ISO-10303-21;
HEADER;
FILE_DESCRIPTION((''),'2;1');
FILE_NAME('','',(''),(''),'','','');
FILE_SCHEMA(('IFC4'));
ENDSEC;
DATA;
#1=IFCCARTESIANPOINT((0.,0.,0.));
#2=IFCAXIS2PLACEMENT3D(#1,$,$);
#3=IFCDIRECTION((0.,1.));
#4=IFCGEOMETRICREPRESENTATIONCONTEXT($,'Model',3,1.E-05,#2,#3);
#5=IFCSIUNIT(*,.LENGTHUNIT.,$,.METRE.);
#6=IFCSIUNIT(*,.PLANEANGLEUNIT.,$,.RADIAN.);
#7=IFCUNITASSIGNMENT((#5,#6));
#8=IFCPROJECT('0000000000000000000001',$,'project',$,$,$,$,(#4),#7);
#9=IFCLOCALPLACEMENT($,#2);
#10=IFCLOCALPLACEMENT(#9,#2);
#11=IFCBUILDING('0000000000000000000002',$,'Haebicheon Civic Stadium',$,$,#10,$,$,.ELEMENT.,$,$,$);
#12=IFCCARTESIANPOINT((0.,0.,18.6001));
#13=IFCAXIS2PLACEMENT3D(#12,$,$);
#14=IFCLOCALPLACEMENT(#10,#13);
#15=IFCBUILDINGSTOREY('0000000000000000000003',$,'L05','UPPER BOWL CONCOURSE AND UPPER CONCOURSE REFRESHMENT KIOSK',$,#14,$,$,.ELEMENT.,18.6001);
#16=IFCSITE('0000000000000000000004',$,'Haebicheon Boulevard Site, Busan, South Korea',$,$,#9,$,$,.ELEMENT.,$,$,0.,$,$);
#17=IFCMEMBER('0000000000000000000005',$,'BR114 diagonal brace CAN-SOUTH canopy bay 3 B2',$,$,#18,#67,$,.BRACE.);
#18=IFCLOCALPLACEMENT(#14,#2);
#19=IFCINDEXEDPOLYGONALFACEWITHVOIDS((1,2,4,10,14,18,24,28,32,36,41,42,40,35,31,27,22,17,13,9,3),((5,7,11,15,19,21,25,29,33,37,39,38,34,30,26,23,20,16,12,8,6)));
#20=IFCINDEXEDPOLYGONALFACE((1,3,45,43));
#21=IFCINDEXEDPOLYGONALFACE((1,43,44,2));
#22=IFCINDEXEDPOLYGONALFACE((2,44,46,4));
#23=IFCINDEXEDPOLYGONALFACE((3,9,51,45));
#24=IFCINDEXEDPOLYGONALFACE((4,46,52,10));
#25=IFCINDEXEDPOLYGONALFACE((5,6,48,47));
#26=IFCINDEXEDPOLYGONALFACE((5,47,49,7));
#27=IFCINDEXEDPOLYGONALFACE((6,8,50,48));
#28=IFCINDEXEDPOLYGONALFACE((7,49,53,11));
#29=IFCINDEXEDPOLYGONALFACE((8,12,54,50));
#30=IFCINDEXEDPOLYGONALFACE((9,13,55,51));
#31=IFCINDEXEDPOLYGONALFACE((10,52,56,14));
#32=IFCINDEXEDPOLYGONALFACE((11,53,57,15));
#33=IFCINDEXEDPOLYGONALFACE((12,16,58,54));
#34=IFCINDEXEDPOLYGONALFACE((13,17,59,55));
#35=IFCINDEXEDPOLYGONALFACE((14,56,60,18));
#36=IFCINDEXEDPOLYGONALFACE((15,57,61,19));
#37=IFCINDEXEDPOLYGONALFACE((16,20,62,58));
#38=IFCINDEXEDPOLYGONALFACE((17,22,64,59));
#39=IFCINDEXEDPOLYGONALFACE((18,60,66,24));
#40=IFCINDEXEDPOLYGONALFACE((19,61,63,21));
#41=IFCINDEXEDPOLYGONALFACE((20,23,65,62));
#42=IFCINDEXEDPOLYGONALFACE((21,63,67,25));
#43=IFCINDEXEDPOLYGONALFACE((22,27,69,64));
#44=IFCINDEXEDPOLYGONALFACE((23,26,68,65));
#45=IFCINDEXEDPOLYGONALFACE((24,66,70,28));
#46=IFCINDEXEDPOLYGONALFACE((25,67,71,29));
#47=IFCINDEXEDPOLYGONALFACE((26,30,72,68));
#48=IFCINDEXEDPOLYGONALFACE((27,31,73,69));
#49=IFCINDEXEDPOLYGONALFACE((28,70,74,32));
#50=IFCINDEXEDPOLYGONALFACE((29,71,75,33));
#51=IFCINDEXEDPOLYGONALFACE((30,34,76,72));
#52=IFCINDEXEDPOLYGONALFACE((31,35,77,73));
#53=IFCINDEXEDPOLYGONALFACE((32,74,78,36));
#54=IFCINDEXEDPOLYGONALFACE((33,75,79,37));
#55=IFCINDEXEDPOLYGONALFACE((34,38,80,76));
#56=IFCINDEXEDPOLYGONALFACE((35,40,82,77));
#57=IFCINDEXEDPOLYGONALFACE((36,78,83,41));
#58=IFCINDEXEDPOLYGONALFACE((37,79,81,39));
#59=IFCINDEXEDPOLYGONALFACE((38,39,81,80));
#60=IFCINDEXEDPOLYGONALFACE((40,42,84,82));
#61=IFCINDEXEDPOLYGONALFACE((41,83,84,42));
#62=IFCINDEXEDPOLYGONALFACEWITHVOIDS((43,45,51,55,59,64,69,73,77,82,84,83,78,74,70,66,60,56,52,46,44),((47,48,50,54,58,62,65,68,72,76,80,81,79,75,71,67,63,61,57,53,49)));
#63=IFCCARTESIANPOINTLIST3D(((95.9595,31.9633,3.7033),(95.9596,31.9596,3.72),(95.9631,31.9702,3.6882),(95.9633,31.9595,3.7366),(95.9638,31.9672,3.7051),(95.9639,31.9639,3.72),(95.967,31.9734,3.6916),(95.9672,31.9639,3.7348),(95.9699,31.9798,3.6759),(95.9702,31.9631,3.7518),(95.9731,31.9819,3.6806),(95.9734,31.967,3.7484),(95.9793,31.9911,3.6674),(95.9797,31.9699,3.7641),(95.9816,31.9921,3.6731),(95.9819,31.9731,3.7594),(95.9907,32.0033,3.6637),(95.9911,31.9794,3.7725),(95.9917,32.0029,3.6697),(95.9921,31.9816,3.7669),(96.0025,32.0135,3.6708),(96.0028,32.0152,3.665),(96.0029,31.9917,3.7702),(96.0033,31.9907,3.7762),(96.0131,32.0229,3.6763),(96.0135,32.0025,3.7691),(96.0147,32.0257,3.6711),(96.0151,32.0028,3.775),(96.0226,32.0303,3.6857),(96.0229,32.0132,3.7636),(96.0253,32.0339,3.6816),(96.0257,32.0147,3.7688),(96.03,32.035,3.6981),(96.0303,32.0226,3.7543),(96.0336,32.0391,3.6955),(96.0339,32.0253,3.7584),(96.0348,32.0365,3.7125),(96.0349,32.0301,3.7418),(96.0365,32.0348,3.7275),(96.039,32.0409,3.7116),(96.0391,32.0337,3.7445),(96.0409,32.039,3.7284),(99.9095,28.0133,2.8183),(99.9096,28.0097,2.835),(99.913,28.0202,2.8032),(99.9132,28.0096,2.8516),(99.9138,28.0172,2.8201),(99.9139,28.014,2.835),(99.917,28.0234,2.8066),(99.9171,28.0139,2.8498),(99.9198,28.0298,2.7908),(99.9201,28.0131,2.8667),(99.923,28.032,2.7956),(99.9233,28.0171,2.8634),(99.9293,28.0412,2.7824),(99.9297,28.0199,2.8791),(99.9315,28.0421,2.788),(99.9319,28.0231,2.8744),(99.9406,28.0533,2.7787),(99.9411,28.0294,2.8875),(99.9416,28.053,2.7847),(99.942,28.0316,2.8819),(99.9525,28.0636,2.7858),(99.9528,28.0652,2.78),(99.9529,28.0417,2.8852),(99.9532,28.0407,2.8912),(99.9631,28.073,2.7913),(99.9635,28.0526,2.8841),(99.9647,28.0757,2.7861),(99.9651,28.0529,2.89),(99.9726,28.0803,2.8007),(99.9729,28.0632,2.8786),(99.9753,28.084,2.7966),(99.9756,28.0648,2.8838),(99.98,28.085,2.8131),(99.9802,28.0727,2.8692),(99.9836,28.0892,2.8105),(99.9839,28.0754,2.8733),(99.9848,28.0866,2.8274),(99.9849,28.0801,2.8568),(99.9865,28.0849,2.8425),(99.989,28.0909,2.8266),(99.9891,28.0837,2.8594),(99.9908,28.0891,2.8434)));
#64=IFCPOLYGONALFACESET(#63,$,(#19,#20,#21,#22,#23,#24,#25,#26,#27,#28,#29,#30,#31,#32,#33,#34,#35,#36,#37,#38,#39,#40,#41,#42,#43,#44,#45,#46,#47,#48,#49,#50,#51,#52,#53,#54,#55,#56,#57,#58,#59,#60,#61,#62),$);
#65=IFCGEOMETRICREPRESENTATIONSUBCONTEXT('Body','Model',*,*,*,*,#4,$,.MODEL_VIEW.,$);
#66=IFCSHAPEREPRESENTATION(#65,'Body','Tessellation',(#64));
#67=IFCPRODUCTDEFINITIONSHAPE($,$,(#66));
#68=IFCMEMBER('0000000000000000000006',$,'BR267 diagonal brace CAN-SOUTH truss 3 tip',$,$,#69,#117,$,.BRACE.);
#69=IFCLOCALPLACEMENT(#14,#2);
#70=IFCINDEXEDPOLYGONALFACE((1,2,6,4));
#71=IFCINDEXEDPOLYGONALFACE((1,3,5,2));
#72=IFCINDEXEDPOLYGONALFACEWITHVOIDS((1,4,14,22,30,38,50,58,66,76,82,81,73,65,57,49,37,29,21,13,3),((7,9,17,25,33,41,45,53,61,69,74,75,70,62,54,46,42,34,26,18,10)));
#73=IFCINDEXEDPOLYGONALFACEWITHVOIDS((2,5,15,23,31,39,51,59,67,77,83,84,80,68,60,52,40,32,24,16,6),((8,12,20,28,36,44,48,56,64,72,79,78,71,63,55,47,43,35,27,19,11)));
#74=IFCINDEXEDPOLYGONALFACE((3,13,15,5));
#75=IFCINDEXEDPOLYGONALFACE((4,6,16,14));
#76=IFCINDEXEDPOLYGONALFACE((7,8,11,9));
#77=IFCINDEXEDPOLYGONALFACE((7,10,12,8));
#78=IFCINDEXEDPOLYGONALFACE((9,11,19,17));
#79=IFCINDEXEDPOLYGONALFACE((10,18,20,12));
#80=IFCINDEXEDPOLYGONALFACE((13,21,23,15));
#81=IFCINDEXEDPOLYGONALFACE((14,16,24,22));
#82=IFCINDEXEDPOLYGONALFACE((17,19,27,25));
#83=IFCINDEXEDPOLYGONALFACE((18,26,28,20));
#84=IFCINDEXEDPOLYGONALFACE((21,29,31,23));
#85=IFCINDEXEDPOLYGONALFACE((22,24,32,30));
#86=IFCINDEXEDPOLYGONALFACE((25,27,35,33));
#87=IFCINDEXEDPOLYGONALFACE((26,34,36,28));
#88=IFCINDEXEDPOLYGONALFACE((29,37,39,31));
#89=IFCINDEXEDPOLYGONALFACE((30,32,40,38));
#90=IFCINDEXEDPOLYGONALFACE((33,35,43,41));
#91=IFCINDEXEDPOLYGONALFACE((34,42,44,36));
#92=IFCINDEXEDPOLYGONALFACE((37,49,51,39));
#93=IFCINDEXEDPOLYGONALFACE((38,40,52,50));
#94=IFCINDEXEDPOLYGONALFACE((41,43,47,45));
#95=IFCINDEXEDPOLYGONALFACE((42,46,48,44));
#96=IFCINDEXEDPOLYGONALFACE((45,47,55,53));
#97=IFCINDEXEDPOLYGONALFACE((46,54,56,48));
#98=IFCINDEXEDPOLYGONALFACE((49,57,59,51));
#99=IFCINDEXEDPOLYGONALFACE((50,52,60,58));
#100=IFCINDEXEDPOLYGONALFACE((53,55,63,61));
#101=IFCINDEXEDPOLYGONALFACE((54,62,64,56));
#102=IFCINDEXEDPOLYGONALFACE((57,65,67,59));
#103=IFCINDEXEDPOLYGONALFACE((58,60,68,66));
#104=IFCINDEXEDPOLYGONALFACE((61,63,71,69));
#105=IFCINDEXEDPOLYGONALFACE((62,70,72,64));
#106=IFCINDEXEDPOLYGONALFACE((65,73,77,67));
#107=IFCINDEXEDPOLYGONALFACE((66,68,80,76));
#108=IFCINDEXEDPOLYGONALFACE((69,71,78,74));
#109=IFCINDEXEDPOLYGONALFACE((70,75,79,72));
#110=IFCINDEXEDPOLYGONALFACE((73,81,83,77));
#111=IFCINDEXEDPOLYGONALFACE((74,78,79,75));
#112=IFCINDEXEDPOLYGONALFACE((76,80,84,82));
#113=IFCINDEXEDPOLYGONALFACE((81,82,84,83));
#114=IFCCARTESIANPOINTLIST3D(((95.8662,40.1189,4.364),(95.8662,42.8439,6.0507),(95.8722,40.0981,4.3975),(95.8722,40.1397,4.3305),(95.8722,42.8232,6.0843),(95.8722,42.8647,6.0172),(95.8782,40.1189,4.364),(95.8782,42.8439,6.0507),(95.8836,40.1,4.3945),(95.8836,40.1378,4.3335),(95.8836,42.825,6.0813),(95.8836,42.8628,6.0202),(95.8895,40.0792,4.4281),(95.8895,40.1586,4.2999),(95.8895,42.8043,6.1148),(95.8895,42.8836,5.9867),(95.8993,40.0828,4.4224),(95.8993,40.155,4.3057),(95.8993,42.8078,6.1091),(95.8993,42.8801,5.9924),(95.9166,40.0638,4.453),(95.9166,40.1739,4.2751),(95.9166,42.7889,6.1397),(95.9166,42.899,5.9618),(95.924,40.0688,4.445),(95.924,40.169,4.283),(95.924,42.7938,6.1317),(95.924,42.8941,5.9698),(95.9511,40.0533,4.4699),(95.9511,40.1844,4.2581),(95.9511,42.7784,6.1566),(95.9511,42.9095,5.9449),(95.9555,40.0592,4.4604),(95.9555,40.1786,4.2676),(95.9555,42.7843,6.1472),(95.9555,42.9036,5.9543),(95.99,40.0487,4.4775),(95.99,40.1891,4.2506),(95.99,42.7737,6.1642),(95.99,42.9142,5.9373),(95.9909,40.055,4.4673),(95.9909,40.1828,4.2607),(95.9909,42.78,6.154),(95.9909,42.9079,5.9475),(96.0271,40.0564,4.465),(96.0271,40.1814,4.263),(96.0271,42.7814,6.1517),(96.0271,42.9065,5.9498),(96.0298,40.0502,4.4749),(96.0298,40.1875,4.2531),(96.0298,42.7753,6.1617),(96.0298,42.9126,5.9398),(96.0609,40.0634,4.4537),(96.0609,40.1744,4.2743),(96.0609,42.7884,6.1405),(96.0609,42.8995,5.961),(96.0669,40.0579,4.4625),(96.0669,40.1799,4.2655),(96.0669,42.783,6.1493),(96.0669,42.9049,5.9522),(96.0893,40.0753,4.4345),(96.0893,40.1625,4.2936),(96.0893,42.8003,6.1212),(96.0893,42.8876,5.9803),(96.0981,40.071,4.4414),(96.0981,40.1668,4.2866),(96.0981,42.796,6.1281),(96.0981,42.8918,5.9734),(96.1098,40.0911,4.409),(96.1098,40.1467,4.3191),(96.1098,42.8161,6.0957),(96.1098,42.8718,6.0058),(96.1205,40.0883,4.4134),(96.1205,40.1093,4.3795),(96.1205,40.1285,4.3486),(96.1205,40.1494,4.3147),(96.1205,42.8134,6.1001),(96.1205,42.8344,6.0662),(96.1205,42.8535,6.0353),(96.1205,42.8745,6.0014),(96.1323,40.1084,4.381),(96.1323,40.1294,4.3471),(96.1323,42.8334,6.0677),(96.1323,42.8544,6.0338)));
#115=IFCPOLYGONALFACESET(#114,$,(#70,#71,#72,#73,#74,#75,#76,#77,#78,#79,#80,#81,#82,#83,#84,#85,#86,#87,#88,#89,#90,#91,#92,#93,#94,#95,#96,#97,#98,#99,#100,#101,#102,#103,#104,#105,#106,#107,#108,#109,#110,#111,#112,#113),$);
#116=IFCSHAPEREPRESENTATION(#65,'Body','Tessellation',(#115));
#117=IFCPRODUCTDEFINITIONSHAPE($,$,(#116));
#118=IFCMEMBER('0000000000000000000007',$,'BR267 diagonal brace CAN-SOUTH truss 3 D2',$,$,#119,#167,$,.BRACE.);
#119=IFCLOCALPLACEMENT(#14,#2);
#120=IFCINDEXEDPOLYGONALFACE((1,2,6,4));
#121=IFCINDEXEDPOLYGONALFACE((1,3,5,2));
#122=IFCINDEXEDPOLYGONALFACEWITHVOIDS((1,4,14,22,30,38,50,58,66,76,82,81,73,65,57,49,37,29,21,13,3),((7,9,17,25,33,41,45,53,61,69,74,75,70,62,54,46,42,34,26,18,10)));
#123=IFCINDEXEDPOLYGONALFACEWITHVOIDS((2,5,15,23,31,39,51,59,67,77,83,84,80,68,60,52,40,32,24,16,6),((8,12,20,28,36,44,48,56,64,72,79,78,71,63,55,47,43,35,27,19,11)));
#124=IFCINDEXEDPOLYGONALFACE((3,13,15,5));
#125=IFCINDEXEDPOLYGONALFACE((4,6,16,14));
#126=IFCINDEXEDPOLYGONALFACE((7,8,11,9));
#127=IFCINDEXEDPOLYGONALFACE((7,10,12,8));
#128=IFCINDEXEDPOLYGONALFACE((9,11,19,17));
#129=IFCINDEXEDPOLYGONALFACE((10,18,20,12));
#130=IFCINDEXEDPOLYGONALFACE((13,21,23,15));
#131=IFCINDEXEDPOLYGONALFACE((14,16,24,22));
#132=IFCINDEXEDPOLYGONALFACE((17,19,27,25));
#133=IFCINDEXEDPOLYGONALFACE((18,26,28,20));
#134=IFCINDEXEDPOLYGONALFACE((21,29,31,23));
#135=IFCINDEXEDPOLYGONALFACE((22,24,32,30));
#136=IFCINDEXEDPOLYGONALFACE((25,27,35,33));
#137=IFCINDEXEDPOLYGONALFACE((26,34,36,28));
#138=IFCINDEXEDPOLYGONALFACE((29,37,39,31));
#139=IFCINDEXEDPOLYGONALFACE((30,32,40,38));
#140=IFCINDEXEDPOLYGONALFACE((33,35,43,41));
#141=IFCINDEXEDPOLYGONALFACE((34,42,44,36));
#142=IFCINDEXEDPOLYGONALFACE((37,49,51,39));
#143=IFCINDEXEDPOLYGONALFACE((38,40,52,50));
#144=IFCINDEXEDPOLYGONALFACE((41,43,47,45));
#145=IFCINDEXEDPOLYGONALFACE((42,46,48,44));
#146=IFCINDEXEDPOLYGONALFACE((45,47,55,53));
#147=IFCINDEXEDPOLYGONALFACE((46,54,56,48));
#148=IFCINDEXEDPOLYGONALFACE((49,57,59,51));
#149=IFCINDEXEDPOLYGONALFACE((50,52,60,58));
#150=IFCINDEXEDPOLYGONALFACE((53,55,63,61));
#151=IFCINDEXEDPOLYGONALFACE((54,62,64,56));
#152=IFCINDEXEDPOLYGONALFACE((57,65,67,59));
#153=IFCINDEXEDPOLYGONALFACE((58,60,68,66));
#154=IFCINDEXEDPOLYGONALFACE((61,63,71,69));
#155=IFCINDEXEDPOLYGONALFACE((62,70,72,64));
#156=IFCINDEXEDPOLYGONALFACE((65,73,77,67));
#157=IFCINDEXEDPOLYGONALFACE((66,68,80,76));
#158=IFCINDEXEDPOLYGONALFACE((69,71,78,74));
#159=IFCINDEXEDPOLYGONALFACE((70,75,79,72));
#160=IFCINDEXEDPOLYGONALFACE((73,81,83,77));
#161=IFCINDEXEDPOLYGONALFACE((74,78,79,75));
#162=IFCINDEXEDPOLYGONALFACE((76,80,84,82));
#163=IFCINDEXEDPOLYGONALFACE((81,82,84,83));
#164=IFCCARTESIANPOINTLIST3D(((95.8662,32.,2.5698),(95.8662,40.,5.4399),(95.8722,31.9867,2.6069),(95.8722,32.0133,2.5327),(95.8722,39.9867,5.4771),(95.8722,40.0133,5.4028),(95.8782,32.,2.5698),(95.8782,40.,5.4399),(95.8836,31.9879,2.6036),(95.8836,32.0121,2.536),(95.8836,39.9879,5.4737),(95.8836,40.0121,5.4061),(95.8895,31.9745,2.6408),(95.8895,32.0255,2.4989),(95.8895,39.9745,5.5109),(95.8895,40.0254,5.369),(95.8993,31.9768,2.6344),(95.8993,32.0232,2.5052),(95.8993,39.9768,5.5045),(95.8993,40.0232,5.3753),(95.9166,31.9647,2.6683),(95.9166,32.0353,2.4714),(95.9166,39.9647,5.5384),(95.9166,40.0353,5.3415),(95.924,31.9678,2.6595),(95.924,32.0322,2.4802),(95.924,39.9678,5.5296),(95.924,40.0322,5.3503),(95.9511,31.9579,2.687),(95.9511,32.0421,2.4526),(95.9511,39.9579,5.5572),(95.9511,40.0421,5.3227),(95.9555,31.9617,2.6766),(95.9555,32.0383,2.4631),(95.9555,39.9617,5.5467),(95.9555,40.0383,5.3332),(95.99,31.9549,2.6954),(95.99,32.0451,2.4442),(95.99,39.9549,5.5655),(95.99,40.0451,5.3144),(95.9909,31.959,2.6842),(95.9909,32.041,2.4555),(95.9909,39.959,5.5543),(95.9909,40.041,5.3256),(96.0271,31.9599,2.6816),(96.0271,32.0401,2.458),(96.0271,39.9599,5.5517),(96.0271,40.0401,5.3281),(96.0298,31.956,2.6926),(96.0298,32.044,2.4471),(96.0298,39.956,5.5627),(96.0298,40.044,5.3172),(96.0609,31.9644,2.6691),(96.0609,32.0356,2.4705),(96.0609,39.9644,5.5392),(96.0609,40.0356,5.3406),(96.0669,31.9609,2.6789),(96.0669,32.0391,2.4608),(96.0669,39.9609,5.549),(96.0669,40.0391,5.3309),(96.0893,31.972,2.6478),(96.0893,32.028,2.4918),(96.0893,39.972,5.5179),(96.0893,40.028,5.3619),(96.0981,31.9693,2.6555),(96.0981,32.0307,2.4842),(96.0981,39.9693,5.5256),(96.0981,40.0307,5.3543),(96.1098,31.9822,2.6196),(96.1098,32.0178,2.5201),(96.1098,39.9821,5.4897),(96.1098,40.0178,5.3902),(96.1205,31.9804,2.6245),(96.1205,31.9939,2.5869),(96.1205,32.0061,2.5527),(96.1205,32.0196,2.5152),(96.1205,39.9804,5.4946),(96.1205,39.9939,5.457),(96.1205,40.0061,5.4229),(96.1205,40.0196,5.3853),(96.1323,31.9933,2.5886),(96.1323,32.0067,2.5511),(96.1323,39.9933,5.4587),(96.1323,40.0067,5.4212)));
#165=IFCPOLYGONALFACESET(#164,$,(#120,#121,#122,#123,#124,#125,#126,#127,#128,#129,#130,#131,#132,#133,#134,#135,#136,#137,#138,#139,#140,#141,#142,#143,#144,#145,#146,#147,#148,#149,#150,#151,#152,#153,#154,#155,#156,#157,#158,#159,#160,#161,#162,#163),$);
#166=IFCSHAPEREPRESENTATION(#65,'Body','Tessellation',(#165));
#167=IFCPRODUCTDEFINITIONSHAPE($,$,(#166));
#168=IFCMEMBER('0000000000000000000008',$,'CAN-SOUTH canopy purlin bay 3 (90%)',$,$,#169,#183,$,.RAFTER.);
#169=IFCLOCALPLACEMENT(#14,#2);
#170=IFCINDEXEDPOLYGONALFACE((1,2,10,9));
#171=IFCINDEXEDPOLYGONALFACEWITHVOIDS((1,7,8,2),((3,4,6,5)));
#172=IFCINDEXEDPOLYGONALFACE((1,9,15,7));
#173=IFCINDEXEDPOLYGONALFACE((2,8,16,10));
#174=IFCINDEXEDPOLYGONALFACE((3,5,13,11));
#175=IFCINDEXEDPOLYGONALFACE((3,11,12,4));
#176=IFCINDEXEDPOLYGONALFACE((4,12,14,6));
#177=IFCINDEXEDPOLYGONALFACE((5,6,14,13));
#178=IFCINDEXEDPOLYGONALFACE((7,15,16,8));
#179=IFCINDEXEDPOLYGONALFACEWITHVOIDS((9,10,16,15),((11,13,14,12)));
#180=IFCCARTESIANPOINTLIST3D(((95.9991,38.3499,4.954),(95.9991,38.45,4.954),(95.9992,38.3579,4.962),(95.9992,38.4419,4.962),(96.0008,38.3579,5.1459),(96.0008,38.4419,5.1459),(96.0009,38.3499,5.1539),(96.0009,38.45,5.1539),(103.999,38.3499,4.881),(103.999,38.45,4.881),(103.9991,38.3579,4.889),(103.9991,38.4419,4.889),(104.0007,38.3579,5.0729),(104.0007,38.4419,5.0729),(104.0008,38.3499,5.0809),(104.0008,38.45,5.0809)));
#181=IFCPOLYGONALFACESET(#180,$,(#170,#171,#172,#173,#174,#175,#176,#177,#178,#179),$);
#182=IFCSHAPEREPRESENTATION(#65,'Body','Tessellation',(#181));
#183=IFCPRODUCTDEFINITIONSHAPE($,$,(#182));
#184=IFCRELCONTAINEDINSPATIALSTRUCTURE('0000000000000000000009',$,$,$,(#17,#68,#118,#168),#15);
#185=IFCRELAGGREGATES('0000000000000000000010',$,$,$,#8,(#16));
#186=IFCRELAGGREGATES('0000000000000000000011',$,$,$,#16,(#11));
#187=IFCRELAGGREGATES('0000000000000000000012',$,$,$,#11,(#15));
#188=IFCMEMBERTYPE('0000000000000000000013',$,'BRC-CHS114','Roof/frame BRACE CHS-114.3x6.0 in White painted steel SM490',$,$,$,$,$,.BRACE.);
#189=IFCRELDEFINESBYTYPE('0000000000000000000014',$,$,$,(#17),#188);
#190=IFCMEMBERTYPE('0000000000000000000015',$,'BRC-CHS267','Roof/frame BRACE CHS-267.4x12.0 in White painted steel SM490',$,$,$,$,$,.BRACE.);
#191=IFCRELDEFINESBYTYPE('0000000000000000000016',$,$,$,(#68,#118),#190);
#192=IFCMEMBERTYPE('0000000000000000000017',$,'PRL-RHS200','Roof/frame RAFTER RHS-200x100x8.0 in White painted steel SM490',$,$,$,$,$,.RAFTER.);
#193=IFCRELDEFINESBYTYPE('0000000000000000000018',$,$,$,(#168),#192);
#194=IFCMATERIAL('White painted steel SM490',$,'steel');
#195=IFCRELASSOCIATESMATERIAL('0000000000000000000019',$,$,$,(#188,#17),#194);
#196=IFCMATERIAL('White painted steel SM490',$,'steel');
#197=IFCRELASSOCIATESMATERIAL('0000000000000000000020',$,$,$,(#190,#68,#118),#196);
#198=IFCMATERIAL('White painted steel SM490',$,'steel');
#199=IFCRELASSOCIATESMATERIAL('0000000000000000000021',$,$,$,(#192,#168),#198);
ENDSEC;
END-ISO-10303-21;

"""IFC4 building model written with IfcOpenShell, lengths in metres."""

from ifc_helpers import new_model, si_unit, direction, frame, origin, origin_2d, place, context, subcontext, project, spatial, hollow_rectangle, hollow_circle, extrude, material, material_profile, profile_set, type_object, element, save


model = new_model("IFC4")

# Units and contexts
model_context = context("Model", 3, precision=1e-05, world=origin(), true_north=direction((0.0, 1.0)))
body_context = subcontext(model_context, "Body", "Model", "MODEL_VIEW")
ifc_project = project(units=[si_unit("LENGTHUNIT", "METRE"), si_unit("PLANEANGLEUNIT", "RADIAN")], contexts=[model_context])

# Site, building, storey
site_placement = place(None, origin())
site = spatial("IfcSite", under=ifc_project, at=site_placement, Name="Haebicheon Boulevard Site, Busan, South Korea", CompositionType="ELEMENT", RefElevation=0.0)
building_placement = place(site_placement, origin())
building = spatial("IfcBuilding", under=site, at=building_placement, Name="Haebicheon Civic Stadium", CompositionType="ELEMENT")
storey_placement = place(building_placement, frame((0.0, 0.0, 18.6001)))
storey = spatial("IfcBuildingStorey", under=building, at=storey_placement, Name="L05", Description="UPPER BOWL CONCOURSE AND UPPER CONCOURSE REFRESHMENT KIOSK", CompositionType="ELEMENT", Elevation=18.6001)

# Members
ifc_material_1 = material(Name="White painted steel SM490", Category="steel")
ifc_material_profile_1 = material_profile(ifc_material_1, hollow_circle(Radius=0.0571, WallThickness=0.0061, at=origin_2d()), Name="CHS-114.3x6.0")
ifc_profile_set_1 = profile_set([ifc_material_profile_1], Name="White painted steel SM490")
member_type_1 = type_object("IfcMemberType", Name="BRC-CHS114", Description="Roof/frame BRACE CHS-114.3x6.0 in White painted steel SM490", PredefinedType="BRACE", material=ifc_profile_set_1)
member_1_placement = place(storey_placement, frame((99.95, 28.05, 2.835), z_axis=(-0.698396, 0.698396, 0.15648), x_axis=(-0.707107, -0.707107, 0.0)))
element("IfcMember", 1, at=member_1_placement, inside=storey, type_object=member_type_1, material=ifc_profile_set_1, Name="BR114 diagonal brace CAN-SOUTH canopy bay 3 B2", PredefinedType="BRACE", context=body_context, shape_type="SweptSolid", body=[
    extrude(hollow_circle(Radius=0.0571, WallThickness=0.0061, at=origin_2d()), origin(), (0.0, 0.0, 1.0), 5.6558),
])
ifc_material_2 = material(Name="White painted steel SM490", Category="steel")
ifc_material_profile_2 = material_profile(ifc_material_2, hollow_circle(Radius=0.1338, WallThickness=0.012, at=origin_2d()), Name="CHS-267.4x12.0")
ifc_profile_set_2 = profile_set([ifc_material_profile_2], Name="White painted steel SM490")
member_type_2 = type_object("IfcMemberType", Name="BRC-CHS267", Description="Roof/frame BRACE CHS-267.4x12.0 in White painted steel SM490", PredefinedType="BRACE", material=ifc_profile_set_2)
member_2_placement = place(storey_placement, frame((96.0, 40.1189, 4.364), z_axis=(0.0, 0.850293, 0.52631), x_axis=(-1.0, 0.0, 0.0)))
element("IfcMember", 2, at=member_2_placement, inside=storey, type_object=member_type_2, material=ifc_profile_set_2, Name="BR267 diagonal brace CAN-SOUTH truss 3 tip", PredefinedType="BRACE", context=body_context, shape_type="SweptSolid", body=[
    extrude(hollow_circle(Radius=0.1338, WallThickness=0.012, at=origin_2d()), origin(), (0.0, 0.0, 1.0), 3.2048),
])
member_3_placement = place(storey_placement, frame((96.0, 32.0, 2.5698), z_axis=(0.0, 0.941257, 0.33769), x_axis=(-1.0, 0.0, 0.0)))
element("IfcMember", 3, at=member_3_placement, inside=storey, type_object=member_type_2, material=ifc_profile_set_2, Name="BR267 diagonal brace CAN-SOUTH truss 3 D2", PredefinedType="BRACE", context=body_context, shape_type="SweptSolid", body=[
    extrude(hollow_circle(Radius=0.1338, WallThickness=0.012, at=origin_2d()), origin(), (0.0, 0.0, 1.0), 8.4993),
])
ifc_material_3 = material(Name="White painted steel SM490", Category="steel")
ifc_material_profile_3 = material_profile(ifc_material_3, hollow_rectangle(XDim=0.1001, YDim=0.2, WallThickness=0.0081, at=origin_2d()), Name="RHS-200x100x8.0")
ifc_profile_set_3 = profile_set([ifc_material_profile_3], Name="White painted steel SM490")
member_type_3 = type_object("IfcMemberType", Name="PRL-RHS200", Description="Roof/frame RAFTER RHS-200x100x8.0 in White painted steel SM490", PredefinedType="RAFTER", material=ifc_profile_set_3)
member_4_placement = place(storey_placement, frame((96.0, 38.3999, 5.054), z_axis=(0.999958, 0.0, -0.009124), x_axis=(0.0, 1.0, 0.0)))
element("IfcMember", 4, at=member_4_placement, inside=storey, type_object=member_type_3, material=ifc_profile_set_3, Name="CAN-SOUTH canopy purlin bay 3 (90%)", PredefinedType="RAFTER", context=body_context, shape_type="SweptSolid", body=[
    extrude(hollow_rectangle(XDim=0.1001, YDim=0.2, WallThickness=0.0081, at=origin_2d()), origin(), (0.0, 0.0, 1.0), 8.0002),
])

save(model, "model.ifc")
